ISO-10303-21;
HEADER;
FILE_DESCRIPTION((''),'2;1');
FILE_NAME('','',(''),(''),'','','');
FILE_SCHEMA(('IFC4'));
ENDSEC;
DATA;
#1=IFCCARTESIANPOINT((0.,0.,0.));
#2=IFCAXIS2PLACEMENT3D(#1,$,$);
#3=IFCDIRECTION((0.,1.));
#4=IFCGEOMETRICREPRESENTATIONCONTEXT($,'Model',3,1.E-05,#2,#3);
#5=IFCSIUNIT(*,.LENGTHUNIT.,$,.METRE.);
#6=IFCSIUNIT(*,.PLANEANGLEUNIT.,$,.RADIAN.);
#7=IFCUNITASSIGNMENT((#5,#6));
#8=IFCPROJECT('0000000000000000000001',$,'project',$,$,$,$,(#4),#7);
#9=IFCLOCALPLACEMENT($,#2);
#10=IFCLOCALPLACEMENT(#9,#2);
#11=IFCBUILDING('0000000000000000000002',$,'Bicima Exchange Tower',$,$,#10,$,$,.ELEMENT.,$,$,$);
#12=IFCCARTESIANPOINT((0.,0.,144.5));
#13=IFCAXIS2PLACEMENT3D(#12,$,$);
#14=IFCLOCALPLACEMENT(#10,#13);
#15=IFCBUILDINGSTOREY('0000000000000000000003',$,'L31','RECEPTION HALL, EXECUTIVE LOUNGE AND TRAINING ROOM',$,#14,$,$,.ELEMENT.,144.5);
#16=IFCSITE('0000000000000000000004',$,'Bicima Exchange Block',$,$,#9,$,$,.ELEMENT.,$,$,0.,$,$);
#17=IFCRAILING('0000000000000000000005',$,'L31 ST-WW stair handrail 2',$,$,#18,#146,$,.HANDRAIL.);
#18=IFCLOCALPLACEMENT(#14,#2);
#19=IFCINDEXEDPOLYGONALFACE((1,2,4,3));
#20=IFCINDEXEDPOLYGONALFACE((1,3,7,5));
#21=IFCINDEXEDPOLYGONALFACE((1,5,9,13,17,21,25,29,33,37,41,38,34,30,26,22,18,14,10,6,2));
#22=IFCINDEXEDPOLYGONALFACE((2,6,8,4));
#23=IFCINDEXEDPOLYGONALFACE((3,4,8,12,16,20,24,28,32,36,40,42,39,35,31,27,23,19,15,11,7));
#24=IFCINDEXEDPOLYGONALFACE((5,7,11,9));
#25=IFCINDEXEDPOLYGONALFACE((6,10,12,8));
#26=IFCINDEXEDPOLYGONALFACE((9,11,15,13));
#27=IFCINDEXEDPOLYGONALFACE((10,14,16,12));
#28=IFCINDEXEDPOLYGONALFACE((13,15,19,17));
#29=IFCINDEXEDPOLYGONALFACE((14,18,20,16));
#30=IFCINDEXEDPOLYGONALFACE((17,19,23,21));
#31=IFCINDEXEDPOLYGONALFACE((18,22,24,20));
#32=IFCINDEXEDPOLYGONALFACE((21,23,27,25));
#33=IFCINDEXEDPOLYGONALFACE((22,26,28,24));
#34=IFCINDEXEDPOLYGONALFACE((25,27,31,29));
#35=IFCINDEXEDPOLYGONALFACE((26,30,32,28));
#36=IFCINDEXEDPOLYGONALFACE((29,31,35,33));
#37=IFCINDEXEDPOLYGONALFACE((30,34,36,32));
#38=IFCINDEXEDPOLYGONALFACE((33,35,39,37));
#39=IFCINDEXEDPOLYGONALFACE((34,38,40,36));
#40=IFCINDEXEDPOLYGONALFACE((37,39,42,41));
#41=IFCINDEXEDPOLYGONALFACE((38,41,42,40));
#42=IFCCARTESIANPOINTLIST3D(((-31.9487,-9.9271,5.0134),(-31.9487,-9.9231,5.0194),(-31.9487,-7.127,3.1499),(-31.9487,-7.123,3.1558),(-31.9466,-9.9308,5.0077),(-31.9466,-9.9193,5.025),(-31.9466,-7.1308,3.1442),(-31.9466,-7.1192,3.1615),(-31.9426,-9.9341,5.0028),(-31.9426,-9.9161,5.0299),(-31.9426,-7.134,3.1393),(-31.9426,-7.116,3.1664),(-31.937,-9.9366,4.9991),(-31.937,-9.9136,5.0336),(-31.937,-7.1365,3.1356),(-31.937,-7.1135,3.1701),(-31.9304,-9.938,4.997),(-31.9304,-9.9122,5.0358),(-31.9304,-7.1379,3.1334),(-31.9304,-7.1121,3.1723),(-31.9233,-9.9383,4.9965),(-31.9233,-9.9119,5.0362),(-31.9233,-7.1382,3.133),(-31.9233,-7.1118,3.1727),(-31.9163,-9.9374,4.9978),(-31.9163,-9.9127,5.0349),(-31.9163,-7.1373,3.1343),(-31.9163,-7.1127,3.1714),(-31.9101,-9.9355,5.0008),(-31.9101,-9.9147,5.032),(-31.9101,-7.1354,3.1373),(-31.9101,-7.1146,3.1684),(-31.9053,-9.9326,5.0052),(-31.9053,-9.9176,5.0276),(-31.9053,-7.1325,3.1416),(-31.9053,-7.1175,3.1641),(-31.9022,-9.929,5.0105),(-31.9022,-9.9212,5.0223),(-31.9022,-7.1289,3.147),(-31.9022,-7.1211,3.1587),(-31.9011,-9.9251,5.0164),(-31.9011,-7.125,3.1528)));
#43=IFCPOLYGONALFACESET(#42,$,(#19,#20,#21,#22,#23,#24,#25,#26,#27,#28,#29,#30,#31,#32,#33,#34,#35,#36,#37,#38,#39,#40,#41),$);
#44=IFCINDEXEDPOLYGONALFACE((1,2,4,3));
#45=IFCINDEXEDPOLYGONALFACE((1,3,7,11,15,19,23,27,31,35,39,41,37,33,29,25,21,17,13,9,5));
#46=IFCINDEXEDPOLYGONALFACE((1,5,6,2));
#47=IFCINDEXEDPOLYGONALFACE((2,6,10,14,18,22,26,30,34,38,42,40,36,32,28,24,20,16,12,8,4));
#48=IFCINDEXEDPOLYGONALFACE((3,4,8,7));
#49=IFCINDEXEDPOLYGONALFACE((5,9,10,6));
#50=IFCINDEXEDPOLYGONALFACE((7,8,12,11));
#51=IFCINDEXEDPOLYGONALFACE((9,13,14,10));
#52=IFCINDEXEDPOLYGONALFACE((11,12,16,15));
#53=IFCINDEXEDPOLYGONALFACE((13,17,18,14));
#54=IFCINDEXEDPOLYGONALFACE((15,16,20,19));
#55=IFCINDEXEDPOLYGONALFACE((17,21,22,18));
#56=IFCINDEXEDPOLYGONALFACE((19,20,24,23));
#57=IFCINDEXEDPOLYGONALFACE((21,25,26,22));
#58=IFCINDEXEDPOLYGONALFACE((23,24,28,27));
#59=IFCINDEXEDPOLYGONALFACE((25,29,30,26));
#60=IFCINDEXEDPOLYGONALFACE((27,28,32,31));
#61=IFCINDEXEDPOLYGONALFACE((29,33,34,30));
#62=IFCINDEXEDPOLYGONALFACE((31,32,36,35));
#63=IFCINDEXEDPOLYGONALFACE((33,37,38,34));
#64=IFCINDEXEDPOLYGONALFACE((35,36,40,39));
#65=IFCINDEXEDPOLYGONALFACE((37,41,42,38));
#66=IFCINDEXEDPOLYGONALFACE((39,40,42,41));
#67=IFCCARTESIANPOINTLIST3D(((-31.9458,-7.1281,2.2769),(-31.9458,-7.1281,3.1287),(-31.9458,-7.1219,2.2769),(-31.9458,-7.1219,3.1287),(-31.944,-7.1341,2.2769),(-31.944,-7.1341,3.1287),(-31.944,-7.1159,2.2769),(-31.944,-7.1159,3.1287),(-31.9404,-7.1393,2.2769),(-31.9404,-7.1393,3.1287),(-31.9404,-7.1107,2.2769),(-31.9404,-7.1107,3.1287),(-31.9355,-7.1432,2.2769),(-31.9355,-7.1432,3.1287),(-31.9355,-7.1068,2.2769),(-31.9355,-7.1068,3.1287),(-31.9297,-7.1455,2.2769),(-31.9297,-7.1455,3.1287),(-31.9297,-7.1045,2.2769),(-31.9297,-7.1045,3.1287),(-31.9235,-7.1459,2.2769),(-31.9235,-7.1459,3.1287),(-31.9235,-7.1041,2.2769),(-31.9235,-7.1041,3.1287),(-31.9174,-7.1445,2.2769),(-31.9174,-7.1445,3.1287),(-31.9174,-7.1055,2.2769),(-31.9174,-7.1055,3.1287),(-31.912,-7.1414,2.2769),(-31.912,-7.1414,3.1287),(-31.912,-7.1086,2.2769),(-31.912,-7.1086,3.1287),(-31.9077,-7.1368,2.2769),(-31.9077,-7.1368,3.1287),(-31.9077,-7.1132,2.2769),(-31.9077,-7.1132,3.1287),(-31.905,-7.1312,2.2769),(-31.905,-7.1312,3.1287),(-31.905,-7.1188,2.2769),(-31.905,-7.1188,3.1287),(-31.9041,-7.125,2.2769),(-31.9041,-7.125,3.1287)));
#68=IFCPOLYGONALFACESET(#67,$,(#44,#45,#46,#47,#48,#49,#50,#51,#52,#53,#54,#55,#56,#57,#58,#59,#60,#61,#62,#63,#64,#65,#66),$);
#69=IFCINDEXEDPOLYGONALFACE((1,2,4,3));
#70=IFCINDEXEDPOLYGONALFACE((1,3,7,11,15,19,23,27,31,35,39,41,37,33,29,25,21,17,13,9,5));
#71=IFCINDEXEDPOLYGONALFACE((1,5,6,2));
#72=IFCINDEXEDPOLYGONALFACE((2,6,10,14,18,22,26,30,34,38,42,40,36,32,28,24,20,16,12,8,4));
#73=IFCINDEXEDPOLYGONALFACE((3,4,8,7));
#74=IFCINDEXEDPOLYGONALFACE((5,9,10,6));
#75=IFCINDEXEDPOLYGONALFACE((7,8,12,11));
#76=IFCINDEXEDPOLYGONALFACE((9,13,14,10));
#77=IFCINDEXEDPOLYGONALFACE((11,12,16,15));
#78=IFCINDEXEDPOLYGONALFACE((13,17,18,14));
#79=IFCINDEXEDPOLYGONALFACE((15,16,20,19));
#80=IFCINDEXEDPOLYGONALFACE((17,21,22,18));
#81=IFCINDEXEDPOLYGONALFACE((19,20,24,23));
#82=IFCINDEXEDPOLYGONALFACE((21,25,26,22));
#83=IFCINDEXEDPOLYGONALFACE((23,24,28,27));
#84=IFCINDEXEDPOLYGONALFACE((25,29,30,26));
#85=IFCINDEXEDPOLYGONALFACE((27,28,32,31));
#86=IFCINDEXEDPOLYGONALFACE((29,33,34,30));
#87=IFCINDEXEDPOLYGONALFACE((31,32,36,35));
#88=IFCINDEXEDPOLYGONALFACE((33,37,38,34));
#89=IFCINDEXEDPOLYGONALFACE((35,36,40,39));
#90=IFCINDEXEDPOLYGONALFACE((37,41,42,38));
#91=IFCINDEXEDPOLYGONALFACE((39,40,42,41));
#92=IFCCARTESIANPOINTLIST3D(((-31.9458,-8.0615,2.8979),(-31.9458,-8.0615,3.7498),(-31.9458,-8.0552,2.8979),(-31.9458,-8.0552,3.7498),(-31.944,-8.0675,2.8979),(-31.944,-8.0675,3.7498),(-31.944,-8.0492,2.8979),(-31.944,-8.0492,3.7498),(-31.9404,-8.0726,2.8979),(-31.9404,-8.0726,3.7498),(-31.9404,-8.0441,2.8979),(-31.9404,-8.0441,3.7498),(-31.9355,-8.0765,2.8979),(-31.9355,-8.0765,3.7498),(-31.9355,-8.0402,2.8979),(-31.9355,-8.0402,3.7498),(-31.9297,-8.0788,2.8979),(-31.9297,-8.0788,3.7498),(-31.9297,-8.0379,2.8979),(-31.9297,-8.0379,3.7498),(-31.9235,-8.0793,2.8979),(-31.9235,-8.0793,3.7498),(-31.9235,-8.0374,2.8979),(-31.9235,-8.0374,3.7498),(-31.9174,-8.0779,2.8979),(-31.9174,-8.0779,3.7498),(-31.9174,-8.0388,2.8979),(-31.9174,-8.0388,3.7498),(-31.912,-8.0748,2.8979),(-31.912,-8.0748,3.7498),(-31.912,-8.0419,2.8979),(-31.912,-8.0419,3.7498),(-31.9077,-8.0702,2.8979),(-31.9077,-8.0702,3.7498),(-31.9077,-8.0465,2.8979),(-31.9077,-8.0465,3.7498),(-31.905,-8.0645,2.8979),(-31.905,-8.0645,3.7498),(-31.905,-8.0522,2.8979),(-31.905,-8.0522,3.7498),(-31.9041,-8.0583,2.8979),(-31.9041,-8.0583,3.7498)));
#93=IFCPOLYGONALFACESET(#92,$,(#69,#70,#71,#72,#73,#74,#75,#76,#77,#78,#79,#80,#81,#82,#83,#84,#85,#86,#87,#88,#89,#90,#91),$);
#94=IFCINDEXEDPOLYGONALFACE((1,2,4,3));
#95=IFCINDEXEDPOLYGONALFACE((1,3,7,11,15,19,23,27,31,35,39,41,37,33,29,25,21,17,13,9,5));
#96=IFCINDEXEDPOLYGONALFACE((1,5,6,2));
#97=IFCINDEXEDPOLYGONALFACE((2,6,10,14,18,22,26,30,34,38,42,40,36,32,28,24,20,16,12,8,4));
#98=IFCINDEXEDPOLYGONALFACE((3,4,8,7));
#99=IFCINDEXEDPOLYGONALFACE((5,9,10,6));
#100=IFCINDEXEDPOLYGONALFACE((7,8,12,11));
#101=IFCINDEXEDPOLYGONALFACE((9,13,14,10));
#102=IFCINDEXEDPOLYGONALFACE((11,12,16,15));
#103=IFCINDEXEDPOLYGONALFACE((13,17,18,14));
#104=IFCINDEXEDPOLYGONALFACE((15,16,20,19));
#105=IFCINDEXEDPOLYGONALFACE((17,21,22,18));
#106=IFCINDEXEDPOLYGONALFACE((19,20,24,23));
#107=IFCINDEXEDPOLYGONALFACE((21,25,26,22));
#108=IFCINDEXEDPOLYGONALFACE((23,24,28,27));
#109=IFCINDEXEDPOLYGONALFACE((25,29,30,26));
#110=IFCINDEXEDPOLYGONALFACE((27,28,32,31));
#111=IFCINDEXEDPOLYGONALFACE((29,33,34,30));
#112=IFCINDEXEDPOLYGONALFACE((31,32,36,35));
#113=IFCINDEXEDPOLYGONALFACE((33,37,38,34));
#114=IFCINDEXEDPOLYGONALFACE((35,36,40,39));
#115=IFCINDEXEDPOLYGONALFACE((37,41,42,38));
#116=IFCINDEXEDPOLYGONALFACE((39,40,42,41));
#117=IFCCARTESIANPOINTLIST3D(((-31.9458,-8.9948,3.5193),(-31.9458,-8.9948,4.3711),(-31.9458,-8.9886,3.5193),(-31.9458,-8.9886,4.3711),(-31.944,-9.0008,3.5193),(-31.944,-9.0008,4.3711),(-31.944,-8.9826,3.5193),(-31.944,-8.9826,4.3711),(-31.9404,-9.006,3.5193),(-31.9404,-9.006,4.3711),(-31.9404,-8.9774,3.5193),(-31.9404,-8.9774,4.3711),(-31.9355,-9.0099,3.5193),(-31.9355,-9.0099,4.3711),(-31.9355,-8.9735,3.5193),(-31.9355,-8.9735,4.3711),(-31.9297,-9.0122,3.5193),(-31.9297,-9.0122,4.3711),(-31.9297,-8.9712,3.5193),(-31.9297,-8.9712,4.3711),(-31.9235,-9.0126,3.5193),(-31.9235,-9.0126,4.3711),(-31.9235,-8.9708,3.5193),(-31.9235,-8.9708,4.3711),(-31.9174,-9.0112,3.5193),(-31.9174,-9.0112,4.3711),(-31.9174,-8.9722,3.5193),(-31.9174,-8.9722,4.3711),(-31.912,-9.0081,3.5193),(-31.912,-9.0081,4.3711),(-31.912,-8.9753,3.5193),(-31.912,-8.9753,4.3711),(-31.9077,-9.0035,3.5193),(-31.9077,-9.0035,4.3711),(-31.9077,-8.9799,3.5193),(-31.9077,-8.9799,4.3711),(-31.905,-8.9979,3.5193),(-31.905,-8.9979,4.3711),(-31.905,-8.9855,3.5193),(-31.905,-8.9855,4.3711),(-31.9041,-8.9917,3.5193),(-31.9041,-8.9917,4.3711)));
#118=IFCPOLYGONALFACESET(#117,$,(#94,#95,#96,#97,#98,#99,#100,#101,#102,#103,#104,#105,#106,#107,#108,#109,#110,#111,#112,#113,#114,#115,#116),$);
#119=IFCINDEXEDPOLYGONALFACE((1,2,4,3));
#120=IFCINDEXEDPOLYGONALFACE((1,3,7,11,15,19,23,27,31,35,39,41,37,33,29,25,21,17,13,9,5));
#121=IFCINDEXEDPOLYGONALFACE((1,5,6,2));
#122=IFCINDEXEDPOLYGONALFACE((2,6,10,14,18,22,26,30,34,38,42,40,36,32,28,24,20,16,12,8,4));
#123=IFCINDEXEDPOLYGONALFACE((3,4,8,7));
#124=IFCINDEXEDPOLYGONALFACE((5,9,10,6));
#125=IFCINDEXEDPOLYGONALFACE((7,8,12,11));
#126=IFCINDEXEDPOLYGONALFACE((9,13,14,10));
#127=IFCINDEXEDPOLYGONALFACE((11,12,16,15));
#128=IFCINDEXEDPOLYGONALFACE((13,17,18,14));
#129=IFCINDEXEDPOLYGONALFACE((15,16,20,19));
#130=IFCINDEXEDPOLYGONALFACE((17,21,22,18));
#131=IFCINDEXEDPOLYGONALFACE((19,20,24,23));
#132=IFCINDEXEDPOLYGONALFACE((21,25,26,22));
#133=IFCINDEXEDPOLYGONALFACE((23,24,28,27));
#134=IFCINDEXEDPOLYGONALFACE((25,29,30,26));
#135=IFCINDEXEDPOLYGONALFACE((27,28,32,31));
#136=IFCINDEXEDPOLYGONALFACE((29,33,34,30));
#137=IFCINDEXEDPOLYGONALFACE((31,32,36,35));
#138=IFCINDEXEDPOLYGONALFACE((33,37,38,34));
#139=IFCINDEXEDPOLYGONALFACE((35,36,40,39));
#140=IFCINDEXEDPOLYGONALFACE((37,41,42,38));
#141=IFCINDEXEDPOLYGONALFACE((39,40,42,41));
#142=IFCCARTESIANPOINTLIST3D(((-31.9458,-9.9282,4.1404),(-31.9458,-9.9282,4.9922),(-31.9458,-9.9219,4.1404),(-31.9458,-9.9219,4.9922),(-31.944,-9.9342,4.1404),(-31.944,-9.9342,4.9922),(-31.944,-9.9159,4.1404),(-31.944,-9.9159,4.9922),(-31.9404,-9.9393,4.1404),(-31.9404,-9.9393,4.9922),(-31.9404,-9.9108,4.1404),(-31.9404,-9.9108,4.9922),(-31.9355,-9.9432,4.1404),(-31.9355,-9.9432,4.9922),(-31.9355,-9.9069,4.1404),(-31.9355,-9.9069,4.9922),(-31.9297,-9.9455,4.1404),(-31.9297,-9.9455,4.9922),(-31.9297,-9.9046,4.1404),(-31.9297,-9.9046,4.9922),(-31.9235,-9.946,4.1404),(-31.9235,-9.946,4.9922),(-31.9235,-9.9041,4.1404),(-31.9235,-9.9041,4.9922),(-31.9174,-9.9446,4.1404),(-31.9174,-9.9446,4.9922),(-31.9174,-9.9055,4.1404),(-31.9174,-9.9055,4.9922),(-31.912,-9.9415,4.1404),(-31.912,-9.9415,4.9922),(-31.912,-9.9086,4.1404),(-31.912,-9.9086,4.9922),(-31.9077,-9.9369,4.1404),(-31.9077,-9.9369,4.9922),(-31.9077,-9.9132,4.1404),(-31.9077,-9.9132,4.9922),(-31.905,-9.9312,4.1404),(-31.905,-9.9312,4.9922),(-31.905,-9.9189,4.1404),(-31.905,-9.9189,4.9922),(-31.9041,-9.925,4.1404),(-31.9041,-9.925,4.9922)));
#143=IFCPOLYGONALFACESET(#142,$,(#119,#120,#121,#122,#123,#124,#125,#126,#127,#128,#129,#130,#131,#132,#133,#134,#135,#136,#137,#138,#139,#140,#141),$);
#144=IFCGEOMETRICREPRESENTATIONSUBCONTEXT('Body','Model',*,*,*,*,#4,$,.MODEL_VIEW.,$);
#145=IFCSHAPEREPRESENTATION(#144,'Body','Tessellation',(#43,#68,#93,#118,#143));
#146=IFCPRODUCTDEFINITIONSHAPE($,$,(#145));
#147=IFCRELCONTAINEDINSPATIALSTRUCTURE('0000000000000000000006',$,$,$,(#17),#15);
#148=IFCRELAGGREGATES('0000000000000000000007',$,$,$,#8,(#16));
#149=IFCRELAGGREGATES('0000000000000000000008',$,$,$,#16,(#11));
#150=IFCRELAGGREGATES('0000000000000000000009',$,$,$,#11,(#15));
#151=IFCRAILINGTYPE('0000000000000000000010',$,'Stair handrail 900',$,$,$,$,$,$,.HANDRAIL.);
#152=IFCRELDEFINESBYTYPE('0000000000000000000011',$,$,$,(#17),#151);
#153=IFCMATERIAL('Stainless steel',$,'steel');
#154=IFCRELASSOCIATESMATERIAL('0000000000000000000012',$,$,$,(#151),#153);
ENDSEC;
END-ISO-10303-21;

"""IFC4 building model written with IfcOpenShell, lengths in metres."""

from ifc_helpers import new_model, si_unit, direction, frame, origin, origin_2d, place, context, subcontext, project, spatial, circle, extrude, material, type_object, element, save


model = new_model("IFC4")

# Units and contexts
model_context = context("Model", 3, precision=1e-05, world=origin(), true_north=direction((0.0, 1.0)))
body_context = subcontext(model_context, "Body", "Model", "MODEL_VIEW")
ifc_project = project(units=[si_unit("LENGTHUNIT", "METRE"), si_unit("PLANEANGLEUNIT", "RADIAN")], contexts=[model_context])

# Site, building, storey
site_placement = place(None, origin())
site = spatial("IfcSite", under=ifc_project, at=site_placement, Name="Bicima Exchange Block", CompositionType="ELEMENT", RefElevation=0.0)
building_placement = place(site_placement, origin())
building = spatial("IfcBuilding", under=site, at=building_placement, Name="Bicima Exchange Tower", CompositionType="ELEMENT")
storey_placement = place(building_placement, frame((0.0, 0.0, 144.5)))
storey = spatial("IfcBuildingStorey", under=building, at=storey_placement, Name="L31", Description="RECEPTION HALL, EXECUTIVE LOUNGE AND TRAINING ROOM", CompositionType="ELEMENT", Elevation=144.5)

# Railing
ifc_material_1 = material(Name="Stainless steel", Category="steel")
railing_type_1 = type_object("IfcRailingType", Name="Stair handrail 900", PredefinedType="HANDRAIL", material=ifc_material_1)
railing_1_placement = place(storey_placement, frame((-31.925, -7.125, 2.2769)))
element("IfcRailing", 1, at=railing_1_placement, inside=storey, type_object=railing_type_1, Name="L31 ST-WW stair handrail 2", PredefinedType="HANDRAIL", context=body_context, shape_type="SweptSolid", body=[
    extrude(circle(Radius=0.0239, at=origin_2d()), frame((0.0, 0.0, 0.876), z_axis=(0.0, -0.832486, 0.554047), x_axis=(1.0, 0.0, 0.0)), (0.0, 0.0, 1.0), 3.3635),
    extrude(circle(Radius=0.021, at=origin_2d()), origin(), (0.0, 0.0, 1.0), 0.8518),
    extrude(circle(Radius=0.021, at=origin_2d()), frame((0.0, -0.9333, 0.6211)), (0.0, 0.0, 1.0), 0.8518),
    extrude(circle(Radius=0.021, at=origin_2d()), frame((0.0, -1.8667, 1.2424)), (0.0, 0.0, 1.0), 0.8518),
    extrude(circle(Radius=0.021, at=origin_2d()), frame((0.0, -2.8, 1.8635)), (0.0, 0.0, 1.0), 0.8518),
])

save(model, "model.ifc")
